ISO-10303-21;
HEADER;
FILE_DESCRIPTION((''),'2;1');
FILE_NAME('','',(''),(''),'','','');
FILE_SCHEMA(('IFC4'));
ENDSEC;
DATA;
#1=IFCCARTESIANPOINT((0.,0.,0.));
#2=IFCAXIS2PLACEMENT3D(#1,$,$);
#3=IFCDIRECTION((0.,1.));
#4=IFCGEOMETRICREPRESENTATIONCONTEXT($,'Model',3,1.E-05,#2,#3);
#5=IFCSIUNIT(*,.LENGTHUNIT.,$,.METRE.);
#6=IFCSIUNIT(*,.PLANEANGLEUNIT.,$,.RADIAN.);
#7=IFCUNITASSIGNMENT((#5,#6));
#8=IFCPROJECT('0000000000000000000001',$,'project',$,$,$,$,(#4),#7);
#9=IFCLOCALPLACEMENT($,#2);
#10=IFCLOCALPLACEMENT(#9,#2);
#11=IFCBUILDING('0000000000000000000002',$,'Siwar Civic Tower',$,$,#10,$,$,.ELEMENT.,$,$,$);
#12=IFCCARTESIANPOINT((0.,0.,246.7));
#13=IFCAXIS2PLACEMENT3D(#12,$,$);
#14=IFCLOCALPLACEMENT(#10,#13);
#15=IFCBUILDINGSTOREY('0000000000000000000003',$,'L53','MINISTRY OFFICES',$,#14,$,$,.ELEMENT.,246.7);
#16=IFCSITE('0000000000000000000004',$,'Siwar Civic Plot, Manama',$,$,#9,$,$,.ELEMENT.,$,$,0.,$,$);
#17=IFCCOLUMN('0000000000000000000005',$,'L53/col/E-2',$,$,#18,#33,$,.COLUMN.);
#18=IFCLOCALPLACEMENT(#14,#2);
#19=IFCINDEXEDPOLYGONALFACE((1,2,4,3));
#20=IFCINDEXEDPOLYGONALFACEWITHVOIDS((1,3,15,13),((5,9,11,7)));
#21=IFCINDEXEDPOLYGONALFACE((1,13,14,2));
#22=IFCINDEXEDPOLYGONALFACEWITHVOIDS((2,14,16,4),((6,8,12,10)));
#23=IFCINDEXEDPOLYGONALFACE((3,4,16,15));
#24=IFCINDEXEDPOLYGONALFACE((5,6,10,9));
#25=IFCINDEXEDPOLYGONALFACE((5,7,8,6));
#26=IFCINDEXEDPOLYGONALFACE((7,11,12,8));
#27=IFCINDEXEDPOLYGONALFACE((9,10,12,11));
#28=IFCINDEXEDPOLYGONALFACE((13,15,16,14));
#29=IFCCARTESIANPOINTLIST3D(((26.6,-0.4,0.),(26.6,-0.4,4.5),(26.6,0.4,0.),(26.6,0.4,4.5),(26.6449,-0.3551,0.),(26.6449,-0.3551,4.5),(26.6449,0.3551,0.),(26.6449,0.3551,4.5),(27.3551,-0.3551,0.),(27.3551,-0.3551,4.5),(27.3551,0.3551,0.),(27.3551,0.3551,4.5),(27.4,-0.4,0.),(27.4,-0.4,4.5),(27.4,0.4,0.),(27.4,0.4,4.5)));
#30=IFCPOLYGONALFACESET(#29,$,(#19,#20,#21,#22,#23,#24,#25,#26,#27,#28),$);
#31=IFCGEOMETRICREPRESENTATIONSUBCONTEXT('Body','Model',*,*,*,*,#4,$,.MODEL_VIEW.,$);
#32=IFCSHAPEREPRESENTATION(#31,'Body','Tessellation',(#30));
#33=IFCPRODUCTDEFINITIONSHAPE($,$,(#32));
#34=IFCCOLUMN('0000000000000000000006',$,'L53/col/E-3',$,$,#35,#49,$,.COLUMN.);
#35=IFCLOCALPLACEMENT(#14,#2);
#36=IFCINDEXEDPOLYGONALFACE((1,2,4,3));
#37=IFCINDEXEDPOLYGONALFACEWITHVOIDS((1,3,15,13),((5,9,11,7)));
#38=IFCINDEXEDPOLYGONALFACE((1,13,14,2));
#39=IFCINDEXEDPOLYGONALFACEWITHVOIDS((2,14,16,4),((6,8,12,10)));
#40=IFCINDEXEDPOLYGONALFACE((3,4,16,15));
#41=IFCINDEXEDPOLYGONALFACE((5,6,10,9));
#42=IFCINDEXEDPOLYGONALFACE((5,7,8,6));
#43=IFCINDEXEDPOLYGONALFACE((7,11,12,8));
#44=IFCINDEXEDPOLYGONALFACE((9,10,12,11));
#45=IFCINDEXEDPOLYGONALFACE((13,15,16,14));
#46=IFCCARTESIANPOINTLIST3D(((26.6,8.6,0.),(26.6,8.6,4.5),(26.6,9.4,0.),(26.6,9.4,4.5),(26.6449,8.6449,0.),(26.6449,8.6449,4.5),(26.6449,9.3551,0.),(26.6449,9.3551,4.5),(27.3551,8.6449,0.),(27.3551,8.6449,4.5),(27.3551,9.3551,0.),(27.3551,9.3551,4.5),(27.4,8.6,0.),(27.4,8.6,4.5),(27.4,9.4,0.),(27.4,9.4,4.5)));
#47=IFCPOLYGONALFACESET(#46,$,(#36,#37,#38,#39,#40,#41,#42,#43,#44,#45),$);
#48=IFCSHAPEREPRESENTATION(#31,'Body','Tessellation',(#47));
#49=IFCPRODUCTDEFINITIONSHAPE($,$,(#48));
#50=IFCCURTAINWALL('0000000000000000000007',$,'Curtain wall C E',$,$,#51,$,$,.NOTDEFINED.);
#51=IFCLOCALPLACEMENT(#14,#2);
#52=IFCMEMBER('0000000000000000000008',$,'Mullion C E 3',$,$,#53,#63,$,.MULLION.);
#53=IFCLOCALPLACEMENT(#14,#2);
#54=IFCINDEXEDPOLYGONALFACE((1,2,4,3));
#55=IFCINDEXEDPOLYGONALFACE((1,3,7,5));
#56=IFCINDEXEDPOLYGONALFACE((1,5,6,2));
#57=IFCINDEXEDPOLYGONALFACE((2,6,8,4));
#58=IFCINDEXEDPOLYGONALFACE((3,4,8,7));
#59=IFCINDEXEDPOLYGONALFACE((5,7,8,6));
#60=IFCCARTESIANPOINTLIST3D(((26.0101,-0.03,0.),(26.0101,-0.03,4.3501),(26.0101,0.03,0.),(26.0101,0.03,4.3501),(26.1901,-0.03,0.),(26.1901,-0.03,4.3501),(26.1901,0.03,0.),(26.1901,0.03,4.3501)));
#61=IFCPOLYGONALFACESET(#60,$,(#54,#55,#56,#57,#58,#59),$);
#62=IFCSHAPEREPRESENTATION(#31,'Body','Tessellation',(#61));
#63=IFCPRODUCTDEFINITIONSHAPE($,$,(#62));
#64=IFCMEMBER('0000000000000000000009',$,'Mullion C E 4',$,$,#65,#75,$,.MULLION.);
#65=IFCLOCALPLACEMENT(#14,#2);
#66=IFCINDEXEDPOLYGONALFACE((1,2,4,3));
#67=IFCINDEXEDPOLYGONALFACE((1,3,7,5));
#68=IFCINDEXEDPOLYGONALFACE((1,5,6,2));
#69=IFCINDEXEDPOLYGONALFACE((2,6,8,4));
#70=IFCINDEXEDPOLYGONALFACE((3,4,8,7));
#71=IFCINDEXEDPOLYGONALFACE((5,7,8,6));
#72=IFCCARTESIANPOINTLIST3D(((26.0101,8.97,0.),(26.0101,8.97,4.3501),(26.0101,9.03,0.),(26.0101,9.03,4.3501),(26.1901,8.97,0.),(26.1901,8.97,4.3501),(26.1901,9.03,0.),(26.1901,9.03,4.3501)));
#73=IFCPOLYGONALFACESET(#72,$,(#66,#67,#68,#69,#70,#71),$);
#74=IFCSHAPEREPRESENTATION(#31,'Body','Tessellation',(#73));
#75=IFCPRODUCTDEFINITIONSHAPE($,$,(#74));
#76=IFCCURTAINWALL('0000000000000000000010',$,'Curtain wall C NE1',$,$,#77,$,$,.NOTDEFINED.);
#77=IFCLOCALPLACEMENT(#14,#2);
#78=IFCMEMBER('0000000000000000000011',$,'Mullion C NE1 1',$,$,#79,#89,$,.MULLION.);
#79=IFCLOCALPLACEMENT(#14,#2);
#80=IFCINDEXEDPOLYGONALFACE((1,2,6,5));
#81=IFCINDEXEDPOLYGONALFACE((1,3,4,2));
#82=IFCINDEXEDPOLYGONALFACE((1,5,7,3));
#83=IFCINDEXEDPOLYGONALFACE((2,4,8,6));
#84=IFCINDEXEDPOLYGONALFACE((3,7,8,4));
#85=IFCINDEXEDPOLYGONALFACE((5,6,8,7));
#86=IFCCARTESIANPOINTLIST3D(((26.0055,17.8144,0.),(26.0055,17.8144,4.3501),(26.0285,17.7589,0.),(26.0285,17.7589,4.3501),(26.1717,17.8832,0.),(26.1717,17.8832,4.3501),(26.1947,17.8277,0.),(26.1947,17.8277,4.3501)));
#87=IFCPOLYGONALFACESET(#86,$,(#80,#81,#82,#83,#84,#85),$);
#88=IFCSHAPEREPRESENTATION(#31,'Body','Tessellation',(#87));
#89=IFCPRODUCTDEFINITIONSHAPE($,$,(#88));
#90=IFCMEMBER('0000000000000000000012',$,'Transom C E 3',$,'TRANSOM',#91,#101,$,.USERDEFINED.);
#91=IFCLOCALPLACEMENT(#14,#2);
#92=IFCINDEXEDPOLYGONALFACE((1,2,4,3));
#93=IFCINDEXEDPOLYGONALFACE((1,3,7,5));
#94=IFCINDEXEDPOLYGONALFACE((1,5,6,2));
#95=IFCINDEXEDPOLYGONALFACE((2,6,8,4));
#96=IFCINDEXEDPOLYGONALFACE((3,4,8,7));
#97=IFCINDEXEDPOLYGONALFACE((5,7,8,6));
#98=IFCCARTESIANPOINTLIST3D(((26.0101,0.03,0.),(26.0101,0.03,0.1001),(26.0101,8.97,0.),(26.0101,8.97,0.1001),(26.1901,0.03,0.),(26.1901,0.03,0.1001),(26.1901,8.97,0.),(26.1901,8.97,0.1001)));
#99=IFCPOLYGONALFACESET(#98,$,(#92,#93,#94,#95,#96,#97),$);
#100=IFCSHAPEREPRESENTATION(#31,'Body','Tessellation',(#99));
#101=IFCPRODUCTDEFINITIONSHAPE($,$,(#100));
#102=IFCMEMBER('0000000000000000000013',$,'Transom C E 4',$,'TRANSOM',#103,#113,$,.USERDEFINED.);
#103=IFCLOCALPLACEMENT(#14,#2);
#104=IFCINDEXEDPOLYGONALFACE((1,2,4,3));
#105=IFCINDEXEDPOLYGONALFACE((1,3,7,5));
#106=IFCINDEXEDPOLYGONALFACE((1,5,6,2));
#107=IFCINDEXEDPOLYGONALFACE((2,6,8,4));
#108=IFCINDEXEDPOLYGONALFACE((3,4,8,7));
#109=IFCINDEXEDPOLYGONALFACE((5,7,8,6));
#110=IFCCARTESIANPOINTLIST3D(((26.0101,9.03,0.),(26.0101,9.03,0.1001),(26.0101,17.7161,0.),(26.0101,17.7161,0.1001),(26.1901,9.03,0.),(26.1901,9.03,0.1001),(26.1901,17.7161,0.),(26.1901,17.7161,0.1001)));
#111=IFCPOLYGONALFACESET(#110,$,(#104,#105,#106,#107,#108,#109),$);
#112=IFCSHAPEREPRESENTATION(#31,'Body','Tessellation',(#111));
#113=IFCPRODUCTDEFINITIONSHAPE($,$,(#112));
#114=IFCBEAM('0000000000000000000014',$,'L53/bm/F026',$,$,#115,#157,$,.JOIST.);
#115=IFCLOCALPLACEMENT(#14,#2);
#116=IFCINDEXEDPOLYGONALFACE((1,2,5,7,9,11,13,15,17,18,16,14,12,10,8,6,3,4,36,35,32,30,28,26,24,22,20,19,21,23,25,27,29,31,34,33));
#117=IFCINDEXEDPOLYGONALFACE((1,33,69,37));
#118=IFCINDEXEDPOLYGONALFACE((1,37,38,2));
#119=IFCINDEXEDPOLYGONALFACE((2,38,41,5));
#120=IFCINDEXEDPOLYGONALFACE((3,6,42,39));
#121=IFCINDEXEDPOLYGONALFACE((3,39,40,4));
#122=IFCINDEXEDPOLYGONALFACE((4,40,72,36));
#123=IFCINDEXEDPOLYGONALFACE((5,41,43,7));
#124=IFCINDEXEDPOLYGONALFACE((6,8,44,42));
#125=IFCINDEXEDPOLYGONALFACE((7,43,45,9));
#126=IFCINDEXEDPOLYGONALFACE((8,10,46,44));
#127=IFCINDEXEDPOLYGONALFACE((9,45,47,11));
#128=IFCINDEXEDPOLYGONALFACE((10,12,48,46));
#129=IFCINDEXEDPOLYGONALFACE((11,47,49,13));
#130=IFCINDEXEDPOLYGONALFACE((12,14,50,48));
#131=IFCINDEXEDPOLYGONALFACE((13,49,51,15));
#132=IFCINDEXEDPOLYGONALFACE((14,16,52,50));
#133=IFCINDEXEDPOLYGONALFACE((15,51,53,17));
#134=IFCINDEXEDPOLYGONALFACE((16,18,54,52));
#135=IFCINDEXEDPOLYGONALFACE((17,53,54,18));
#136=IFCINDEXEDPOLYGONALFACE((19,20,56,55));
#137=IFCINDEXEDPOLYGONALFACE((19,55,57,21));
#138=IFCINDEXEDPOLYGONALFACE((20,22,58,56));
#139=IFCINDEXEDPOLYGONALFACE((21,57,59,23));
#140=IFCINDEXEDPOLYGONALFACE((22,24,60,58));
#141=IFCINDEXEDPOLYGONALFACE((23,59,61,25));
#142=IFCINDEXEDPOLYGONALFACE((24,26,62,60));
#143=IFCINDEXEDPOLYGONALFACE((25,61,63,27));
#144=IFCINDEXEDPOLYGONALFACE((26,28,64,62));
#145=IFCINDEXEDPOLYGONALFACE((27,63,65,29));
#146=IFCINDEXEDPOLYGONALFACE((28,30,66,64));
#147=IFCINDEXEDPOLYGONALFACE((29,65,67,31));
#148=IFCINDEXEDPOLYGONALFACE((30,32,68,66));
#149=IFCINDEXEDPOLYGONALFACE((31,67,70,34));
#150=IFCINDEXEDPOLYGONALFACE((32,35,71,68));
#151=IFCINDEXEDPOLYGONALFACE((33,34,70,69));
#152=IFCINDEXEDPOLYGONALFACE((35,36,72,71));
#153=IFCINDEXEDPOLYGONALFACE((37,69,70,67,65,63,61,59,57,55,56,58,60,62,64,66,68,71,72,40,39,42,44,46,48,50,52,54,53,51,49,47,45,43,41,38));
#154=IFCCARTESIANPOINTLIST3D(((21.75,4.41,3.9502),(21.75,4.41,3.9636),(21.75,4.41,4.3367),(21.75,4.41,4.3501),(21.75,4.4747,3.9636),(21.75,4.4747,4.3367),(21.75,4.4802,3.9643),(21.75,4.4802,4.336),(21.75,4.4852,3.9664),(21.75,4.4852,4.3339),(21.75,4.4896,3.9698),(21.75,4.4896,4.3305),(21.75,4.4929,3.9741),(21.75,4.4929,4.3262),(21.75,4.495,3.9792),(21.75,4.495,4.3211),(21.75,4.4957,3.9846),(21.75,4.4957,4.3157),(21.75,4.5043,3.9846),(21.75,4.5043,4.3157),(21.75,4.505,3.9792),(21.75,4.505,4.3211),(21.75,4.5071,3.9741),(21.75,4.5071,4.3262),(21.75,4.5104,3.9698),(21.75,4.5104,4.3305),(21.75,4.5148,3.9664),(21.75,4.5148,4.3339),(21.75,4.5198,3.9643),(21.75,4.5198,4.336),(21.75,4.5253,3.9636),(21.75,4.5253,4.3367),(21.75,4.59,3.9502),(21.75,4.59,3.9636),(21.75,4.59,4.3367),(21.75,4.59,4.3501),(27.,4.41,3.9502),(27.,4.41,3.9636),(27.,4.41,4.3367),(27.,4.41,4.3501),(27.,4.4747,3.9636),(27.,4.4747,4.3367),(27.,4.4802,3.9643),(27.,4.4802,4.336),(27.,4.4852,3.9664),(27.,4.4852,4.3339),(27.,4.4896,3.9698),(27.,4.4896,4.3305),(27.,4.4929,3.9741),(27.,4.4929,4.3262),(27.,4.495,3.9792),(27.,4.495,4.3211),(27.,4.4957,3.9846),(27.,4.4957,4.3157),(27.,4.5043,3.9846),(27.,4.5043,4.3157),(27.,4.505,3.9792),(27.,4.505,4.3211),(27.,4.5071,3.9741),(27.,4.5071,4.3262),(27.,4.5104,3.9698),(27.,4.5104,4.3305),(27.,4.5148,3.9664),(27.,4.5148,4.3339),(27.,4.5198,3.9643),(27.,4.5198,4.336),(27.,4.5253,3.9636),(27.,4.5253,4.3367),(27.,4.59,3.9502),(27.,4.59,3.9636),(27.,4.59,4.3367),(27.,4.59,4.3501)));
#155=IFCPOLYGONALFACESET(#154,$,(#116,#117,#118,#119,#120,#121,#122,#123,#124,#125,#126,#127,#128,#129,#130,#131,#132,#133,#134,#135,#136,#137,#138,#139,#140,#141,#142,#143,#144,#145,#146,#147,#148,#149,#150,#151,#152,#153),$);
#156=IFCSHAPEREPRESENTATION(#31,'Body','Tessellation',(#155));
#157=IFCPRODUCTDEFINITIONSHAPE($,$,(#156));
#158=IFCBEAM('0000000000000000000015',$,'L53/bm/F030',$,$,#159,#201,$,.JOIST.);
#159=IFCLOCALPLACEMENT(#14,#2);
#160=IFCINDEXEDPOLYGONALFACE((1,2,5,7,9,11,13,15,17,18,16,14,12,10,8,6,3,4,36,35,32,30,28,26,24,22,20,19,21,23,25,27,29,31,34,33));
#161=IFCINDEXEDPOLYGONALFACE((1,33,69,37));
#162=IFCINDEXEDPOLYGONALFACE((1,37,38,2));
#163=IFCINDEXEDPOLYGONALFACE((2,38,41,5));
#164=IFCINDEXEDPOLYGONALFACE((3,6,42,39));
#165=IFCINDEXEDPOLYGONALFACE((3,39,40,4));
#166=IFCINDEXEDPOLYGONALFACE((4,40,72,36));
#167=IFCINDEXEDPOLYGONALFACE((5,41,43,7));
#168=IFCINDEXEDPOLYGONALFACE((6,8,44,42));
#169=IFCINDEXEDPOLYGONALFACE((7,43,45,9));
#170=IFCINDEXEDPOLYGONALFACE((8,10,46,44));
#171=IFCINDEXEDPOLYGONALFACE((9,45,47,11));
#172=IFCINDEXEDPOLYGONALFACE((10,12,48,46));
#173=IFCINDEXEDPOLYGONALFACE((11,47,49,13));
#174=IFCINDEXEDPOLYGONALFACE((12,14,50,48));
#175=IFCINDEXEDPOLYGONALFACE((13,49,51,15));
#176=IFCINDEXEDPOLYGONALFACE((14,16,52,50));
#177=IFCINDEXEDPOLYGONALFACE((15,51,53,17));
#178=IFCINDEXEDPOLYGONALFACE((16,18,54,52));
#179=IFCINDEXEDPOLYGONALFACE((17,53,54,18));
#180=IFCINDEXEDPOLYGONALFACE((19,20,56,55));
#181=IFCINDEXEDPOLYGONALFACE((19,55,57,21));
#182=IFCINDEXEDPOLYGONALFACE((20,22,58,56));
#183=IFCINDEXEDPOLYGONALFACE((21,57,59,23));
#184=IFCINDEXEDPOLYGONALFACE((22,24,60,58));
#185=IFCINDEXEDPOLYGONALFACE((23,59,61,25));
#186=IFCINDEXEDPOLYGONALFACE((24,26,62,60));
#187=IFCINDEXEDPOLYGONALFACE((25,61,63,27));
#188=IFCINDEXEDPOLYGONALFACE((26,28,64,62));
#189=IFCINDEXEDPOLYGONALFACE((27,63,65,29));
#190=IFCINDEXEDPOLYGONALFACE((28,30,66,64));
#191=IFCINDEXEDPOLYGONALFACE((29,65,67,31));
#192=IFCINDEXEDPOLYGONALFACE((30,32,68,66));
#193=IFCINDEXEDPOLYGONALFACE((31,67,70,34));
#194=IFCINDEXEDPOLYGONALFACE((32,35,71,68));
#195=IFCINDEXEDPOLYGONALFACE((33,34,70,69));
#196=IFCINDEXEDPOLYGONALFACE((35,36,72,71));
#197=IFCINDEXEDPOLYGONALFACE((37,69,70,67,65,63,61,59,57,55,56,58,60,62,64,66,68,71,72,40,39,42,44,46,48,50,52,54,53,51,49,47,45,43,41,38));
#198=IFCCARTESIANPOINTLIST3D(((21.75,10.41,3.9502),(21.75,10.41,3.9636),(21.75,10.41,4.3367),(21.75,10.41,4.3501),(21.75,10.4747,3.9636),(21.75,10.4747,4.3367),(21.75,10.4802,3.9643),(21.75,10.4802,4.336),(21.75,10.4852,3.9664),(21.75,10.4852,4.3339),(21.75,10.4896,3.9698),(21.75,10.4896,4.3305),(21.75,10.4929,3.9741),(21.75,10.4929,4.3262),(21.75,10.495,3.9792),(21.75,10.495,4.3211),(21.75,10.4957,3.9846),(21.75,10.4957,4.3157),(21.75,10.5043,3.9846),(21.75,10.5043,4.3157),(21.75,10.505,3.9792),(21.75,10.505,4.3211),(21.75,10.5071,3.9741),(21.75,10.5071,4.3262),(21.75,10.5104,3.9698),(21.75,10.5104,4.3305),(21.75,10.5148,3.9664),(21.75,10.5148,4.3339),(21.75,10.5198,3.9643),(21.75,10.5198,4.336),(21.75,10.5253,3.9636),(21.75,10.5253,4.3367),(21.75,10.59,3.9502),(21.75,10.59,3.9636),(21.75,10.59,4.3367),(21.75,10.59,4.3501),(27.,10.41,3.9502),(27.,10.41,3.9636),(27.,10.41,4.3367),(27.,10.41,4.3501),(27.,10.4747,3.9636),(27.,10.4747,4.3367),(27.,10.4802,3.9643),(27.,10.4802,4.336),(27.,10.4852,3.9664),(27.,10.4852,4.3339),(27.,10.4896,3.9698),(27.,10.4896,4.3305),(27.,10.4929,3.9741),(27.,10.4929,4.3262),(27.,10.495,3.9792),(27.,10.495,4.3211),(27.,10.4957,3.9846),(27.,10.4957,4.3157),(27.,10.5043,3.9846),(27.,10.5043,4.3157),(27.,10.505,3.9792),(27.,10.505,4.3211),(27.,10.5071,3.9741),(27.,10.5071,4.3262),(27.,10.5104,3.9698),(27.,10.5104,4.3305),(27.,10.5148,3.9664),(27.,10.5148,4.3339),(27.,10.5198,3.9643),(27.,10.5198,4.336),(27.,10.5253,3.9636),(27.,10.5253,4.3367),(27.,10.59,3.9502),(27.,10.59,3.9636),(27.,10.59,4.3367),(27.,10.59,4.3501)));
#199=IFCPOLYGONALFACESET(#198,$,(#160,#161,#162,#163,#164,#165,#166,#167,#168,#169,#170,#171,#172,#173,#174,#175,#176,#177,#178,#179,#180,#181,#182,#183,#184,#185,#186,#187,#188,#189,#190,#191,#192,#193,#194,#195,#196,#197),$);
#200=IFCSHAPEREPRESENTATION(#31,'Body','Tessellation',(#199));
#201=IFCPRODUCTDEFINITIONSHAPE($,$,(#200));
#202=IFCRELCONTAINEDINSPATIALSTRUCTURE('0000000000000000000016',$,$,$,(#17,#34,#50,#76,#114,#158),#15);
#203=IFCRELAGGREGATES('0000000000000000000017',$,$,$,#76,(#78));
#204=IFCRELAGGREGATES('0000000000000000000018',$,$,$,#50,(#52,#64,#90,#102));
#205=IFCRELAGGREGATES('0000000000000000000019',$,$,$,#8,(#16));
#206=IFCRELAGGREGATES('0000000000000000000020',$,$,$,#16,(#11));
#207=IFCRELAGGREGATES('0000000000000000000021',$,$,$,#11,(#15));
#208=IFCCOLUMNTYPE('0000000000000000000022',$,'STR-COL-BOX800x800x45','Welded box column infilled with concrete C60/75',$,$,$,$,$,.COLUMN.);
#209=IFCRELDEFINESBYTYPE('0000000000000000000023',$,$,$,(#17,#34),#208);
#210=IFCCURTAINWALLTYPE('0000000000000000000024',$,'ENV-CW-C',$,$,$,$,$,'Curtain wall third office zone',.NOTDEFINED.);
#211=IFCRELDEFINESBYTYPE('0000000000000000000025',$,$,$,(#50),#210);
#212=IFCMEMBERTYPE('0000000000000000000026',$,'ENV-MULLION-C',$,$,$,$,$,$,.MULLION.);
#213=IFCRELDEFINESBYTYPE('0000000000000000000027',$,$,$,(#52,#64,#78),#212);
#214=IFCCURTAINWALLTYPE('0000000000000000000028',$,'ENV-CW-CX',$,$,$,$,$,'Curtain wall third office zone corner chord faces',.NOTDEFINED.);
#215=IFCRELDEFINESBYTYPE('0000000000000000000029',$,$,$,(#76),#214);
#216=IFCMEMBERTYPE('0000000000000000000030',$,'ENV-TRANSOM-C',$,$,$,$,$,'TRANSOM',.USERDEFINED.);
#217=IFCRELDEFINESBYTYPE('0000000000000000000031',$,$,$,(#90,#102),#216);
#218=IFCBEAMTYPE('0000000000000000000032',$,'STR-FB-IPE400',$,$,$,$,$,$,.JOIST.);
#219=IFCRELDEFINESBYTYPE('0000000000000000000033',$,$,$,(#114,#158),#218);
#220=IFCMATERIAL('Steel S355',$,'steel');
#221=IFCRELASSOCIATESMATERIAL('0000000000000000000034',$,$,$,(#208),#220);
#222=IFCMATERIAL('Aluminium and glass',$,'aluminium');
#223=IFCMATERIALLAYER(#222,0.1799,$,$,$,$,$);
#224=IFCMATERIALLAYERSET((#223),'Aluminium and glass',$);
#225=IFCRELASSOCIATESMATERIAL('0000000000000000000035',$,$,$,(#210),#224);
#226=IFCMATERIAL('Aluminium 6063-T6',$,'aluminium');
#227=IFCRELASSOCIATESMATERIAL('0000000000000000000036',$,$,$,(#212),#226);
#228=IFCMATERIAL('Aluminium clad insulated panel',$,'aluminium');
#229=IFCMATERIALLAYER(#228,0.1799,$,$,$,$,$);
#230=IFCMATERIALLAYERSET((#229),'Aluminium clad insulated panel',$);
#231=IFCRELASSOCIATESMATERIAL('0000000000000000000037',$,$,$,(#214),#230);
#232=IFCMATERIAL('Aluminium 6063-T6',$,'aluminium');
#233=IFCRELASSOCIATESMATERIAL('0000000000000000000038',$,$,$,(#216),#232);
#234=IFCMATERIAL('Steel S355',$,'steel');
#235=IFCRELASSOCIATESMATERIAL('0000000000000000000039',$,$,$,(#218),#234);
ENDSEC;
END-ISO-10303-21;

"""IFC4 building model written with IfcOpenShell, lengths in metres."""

from ifc_helpers import new_model, si_unit, direction, frame, origin, origin_2d, place, context, subcontext, project, spatial, rectangle, hollow_rectangle, i_section, extrude, material, layer, layer_set, material_profile, profile_set, type_object, element, aggregate, save


model = new_model("IFC4")

# Units and contexts
model_context = context("Model", 3, precision=1e-05, world=origin(), true_north=direction((0.0, 1.0)))
body_context = subcontext(model_context, "Body", "Model", "MODEL_VIEW")
ifc_project = project(units=[si_unit("LENGTHUNIT", "METRE"), si_unit("PLANEANGLEUNIT", "RADIAN")], contexts=[model_context])

# Site, building, storey
site_placement = place(None, origin())
site = spatial("IfcSite", under=ifc_project, at=site_placement, Name="Siwar Civic Plot, Manama", CompositionType="ELEMENT", RefElevation=0.0)
building_placement = place(site_placement, origin())
building = spatial("IfcBuilding", under=site, at=building_placement, Name="Siwar Civic Tower", CompositionType="ELEMENT")
storey_placement = place(building_placement, frame((0.0, 0.0, 246.7)))
storey = spatial("IfcBuildingStorey", under=building, at=storey_placement, Name="L53", Description="MINISTRY OFFICES", CompositionType="ELEMENT", Elevation=246.7)

# Columns
ifc_material_1 = material(Name="Steel S355", Category="steel")
ifc_material_profile_1 = material_profile(ifc_material_1, hollow_rectangle(XDim=0.8, YDim=0.8, WallThickness=0.0449, at=origin_2d()), Name="BOX800x800x45")
ifc_profile_set_1 = profile_set([ifc_material_profile_1], Name="Steel S355")
column_type = type_object("IfcColumnType", Name="STR-COL-BOX800x800x45", Description="Welded box column infilled with concrete C60/75", PredefinedType="COLUMN", material=ifc_profile_set_1)
for number, where, z_axis, x_axis, name in (
    (1, (27.0, 0.0, 0.0), (0.0, 0.0, 1.0), (1.0, 0.0, 0.0), "L53/col/E-2"),
    (2, (27.0, 9.0, 0.0), (0.0, 0.0, 1.0), (1.0, 0.0, 0.0), "L53/col/E-3"),
):
    element("IfcColumn", number, at=place(storey_placement, frame(where, z_axis=z_axis, x_axis=x_axis)), inside=storey, type_object=column_type, Name=name, PredefinedType="COLUMN", context=body_context, shape_type="SweptSolid", body=[
        extrude(hollow_rectangle(XDim=0.8, YDim=0.8, WallThickness=0.0449, at=origin_2d()), origin(), (0.0, 0.0, 1.0), 4.5),
    ])

# Curtain wall, members
ifc_material_2 = material(Name="Aluminium and glass", Category="aluminium")
ifc_layer_1 = layer(ifc_material_2, 0.1799)
ifc_layer_set_1 = layer_set([ifc_layer_1], Name="Aluminium and glass")
curtain_wall_type_1 = type_object("IfcCurtainWallType", Name="ENV-CW-C", ElementType="Curtain wall third office zone", PredefinedType="NOTDEFINED", material=ifc_layer_set_1)
curtain_wall_1_placement = place(storey_placement, origin())
curtain_wall_1 = element("IfcCurtainWall", 3, at=curtain_wall_1_placement, inside=storey, type_object=curtain_wall_type_1, Name="Curtain wall C E", PredefinedType="NOTDEFINED")
ifc_material_3 = material(Name="Aluminium 6063-T6", Category="aluminium")
ifc_material_profile_2 = material_profile(ifc_material_3, rectangle(XDim=0.1799, YDim=0.0601, at=origin_2d()), Name="AL 180x60")
ifc_profile_set_2 = profile_set([ifc_material_profile_2], Name="Aluminium 6063-T6")
member_type_1 = type_object("IfcMemberType", Name="ENV-MULLION-C", PredefinedType="MULLION", material=ifc_profile_set_2)
member_1_placement = place(storey_placement, frame((26.1001, 0.0, 0.0), z_axis=(0.0, 0.0, 1.0), x_axis=(-1.0, 0.0, 0.0)))
member_1 = element("IfcMember", 4, at=member_1_placement, type_object=member_type_1, Name="Mullion C E 3", PredefinedType="MULLION", context=body_context, shape_type="SweptSolid", body=[
    extrude(rectangle(XDim=0.1799, YDim=0.0601, at=origin_2d()), origin(), (0.0, 0.0, 1.0), 4.3501),
])
member_2_placement = place(storey_placement, frame((26.1001, 9.0, 0.0), z_axis=(0.0, 0.0, 1.0), x_axis=(-1.0, 0.0, 0.0)))
member_2 = element("IfcMember", 5, at=member_2_placement, type_object=member_type_1, Name="Mullion C E 4", PredefinedType="MULLION", context=body_context, shape_type="SweptSolid", body=[
    extrude(rectangle(XDim=0.1799, YDim=0.0601, at=origin_2d()), origin(), (0.0, 0.0, 1.0), 4.3501),
])

# Curtain wall, member
ifc_material_4 = material(Name="Aluminium clad insulated panel", Category="aluminium")
ifc_layer_2 = layer(ifc_material_4, 0.1799)
ifc_layer_set_2 = layer_set([ifc_layer_2], Name="Aluminium clad insulated panel")
curtain_wall_type_2 = type_object("IfcCurtainWallType", Name="ENV-CW-CX", ElementType="Curtain wall third office zone corner chord faces", PredefinedType="NOTDEFINED", material=ifc_layer_set_2)
curtain_wall_2_placement = place(storey_placement, origin())
curtain_wall_2 = element("IfcCurtainWall", 6, at=curtain_wall_2_placement, inside=storey, type_object=curtain_wall_type_2, Name="Curtain wall C NE1", PredefinedType="NOTDEFINED")
member_3_placement = place(storey_placement, frame((26.1001, 17.821, 0.0), z_axis=(0.0, 0.0, 1.0), x_axis=(-0.92388, -0.382683, 0.0)))
member_3 = element("IfcMember", 7, at=member_3_placement, type_object=member_type_1, Name="Mullion C NE1 1", PredefinedType="MULLION", context=body_context, shape_type="SweptSolid", body=[
    extrude(rectangle(XDim=0.1799, YDim=0.0601, at=origin_2d()), origin(), (0.0, 0.0, 1.0), 4.3501),
])
aggregate(curtain_wall_2, [member_3])

# Members
ifc_material_5 = material(Name="Aluminium 6063-T6", Category="aluminium")
ifc_material_profile_3 = material_profile(ifc_material_5, rectangle(XDim=0.1799, YDim=0.1001, at=origin_2d()), Name="AL 180x100")
ifc_profile_set_3 = profile_set([ifc_material_profile_3], Name="Aluminium 6063-T6")
member_type_2 = type_object("IfcMemberType", Name="ENV-TRANSOM-C", ElementType="TRANSOM", PredefinedType="USERDEFINED", material=ifc_profile_set_3)
member_4_placement = place(storey_placement, frame((26.1001, 0.03, 0.05), z_axis=(0.0, 1.0, 0.0), x_axis=(-1.0, 0.0, 0.0)))
member_4 = element("IfcMember", 8, at=member_4_placement, type_object=member_type_2, Name="Transom C E 3", ObjectType="TRANSOM", PredefinedType="USERDEFINED", context=body_context, shape_type="SweptSolid", body=[
    extrude(rectangle(XDim=0.1799, YDim=0.1001, at=origin_2d()), origin(), (0.0, 0.0, 1.0), 8.9399),
])
member_5_placement = place(storey_placement, frame((26.1001, 9.03, 0.05), z_axis=(0.0, 1.0, 0.0), x_axis=(-1.0, 0.0, 0.0)))
member_5 = element("IfcMember", 9, at=member_5_placement, type_object=member_type_2, Name="Transom C E 4", ObjectType="TRANSOM", PredefinedType="USERDEFINED", context=body_context, shape_type="SweptSolid", body=[
    extrude(rectangle(XDim=0.1799, YDim=0.1001, at=origin_2d()), origin(), (0.0, 0.0, 1.0), 8.686),
])

# Beams
ifc_material_6 = material(Name="Steel S355", Category="steel")
ifc_material_profile_4 = material_profile(ifc_material_6, i_section(OverallWidth=0.1799, OverallDepth=0.3999, WebThickness=0.0085, FlangeThickness=0.0134, FilletRadius=0.021, at=origin_2d()), Name="IPE400")
ifc_profile_set_4 = profile_set([ifc_material_profile_4], Name="Steel S355")
beam_type_1 = type_object("IfcBeamType", Name="STR-FB-IPE400", PredefinedType="JOIST", material=ifc_profile_set_4)
for number, where, z_axis, x_axis, name in (
    (10, (21.75, 4.5, 4.1501), (1.0, 0.0, 0.0), (0.0, 1.0, 0.0), "L53/bm/F026"),
    (11, (21.75, 10.5, 4.1501), (1.0, 0.0, 0.0), (0.0, 1.0, 0.0), "L53/bm/F030"),
):
    element("IfcBeam", number, at=place(storey_placement, frame(where, z_axis=z_axis, x_axis=x_axis)), inside=storey, type_object=beam_type_1, Name=name, PredefinedType="JOIST", context=body_context, shape_type="SweptSolid", body=[
        extrude(i_section(OverallWidth=0.1799, OverallDepth=0.3999, WebThickness=0.0085, FlangeThickness=0.0134, FilletRadius=0.021, at=origin_2d()), origin(), (0.0, 0.0, 1.0), 5.25),
    ])

aggregate(curtain_wall_1, [member_1, member_2, member_4, member_5])

save(model, "model.ifc")
